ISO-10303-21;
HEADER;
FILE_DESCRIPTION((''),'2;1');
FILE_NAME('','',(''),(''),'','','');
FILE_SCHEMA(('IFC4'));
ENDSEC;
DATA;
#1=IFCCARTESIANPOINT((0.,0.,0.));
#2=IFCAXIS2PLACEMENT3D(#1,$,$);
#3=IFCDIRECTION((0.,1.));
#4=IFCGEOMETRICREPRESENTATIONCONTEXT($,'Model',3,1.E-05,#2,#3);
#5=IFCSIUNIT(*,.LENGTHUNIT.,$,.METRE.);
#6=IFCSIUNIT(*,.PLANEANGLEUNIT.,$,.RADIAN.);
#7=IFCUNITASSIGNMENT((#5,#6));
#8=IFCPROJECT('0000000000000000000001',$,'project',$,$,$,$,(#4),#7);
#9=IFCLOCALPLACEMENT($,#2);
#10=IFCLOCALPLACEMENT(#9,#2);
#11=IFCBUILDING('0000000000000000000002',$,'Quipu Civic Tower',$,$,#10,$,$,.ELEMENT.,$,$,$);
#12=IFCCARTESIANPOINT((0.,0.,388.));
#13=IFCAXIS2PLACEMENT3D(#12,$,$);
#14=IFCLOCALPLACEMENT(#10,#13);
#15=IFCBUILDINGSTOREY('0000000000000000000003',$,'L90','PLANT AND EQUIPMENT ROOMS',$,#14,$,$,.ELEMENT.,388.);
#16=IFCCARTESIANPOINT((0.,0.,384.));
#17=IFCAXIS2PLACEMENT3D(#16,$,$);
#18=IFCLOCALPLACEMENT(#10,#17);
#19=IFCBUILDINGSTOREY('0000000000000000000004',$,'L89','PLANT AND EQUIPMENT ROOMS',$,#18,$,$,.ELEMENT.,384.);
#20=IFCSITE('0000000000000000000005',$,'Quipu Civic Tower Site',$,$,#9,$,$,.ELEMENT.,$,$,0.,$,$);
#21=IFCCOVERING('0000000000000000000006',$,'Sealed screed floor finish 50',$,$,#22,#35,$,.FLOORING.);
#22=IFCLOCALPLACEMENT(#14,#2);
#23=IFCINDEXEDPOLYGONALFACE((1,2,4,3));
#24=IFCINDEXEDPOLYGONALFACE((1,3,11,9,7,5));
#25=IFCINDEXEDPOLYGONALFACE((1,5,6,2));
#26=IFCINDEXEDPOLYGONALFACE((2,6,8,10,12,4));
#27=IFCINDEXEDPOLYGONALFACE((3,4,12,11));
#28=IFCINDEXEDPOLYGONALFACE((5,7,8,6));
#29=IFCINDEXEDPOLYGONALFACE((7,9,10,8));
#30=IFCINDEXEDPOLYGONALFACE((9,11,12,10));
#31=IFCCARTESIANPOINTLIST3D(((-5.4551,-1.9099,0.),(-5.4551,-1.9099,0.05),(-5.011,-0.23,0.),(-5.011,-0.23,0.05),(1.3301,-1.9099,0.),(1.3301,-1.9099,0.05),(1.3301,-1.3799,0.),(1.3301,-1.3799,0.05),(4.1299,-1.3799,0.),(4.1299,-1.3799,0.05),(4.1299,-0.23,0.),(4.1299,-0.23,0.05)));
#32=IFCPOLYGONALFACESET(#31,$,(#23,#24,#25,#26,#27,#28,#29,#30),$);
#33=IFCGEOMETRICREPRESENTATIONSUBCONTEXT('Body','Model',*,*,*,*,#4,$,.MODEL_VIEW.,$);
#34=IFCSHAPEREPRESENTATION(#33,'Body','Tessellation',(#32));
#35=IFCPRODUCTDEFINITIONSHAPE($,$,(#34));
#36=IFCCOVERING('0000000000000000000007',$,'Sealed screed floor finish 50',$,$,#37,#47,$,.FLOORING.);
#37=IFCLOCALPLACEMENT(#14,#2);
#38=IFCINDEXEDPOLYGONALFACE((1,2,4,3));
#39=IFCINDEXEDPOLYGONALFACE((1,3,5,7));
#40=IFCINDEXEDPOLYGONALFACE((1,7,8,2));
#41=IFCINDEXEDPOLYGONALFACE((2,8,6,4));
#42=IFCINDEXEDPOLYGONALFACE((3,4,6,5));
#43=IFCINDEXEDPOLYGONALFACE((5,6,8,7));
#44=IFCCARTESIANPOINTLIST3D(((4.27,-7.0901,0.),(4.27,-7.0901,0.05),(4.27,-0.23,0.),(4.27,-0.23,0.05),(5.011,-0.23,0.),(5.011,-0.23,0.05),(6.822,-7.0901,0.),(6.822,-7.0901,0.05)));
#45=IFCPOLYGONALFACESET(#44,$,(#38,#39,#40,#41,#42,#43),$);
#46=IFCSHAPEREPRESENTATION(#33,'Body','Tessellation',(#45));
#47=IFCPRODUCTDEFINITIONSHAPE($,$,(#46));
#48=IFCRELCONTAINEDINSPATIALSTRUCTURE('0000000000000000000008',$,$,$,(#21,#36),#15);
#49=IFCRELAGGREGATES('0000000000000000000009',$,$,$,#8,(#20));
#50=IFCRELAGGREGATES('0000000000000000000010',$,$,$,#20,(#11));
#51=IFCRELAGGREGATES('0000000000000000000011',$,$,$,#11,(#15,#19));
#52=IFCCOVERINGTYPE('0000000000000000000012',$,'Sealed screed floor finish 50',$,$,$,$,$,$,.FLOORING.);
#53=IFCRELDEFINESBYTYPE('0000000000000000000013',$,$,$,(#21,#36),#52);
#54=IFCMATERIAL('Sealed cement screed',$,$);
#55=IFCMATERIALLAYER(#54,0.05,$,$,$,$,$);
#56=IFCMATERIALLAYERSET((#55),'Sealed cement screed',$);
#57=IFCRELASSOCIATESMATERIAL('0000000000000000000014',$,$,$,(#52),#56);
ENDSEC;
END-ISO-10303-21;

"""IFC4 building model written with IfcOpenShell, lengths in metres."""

from ifc_helpers import new_model, si_unit, direction, frame, origin, place, context, subcontext, project, spatial, polyline, outline, extrude, material, layer, layer_set, type_object, element, save


model = new_model("IFC4")

# Units and contexts
model_context = context("Model", 3, precision=1e-05, world=origin(), true_north=direction((0.0, 1.0)))
body_context = subcontext(model_context, "Body", "Model", "MODEL_VIEW")
ifc_project = project(units=[si_unit("LENGTHUNIT", "METRE"), si_unit("PLANEANGLEUNIT", "RADIAN")], contexts=[model_context])

# Site, building, storey
site_placement = place(None, origin())
site = spatial("IfcSite", under=ifc_project, at=site_placement, Name="Quipu Civic Tower Site", CompositionType="ELEMENT", RefElevation=0.0)
building_placement = place(site_placement, origin())
building = spatial("IfcBuilding", under=site, at=building_placement, Name="Quipu Civic Tower", CompositionType="ELEMENT")
storey_1_placement = place(building_placement, frame((0.0, 0.0, 388.0)))
storey_1 = spatial("IfcBuildingStorey", under=building, at=storey_1_placement, Name="L90", Description="PLANT AND EQUIPMENT ROOMS", CompositionType="ELEMENT", Elevation=388.0)

# Shared definitions
storey_2_placement = place(building_placement, frame((0.0, 0.0, 384.0)))
storey_2 = spatial("IfcBuildingStorey", under=building, at=storey_2_placement, Name="L89", Description="PLANT AND EQUIPMENT ROOMS", CompositionType="ELEMENT", Elevation=384.0)

# Coverings
ifc_material_1 = material(Name="Sealed cement screed")
ifc_layer_1 = layer(ifc_material_1, 0.05)
ifc_layer_set_1 = layer_set([ifc_layer_1], Name="Sealed cement screed")
covering_type = type_object("IfcCoveringType", Name="Sealed screed floor finish 50", PredefinedType="FLOORING", material=ifc_layer_set_1)
covering_1_placement = place(storey_1_placement, origin())
element("IfcCovering", 1, at=covering_1_placement, inside=storey_1, type_object=covering_type, Name="Sealed screed floor finish 50", PredefinedType="FLOORING", context=body_context, shape_type="SweptSolid", body=[
    extrude(outline(polyline([(4.1299, -1.3799), (1.3301, -1.3799), (1.3301, -1.9099), (-5.4551, -1.9099), (-5.011, -0.23), (4.1299, -0.23), (4.1299, -1.3799)])), origin(), (0.0, 0.0, 1.0), 0.05),
])
covering_2_placement = place(storey_1_placement, origin())
element("IfcCovering", 2, at=covering_2_placement, inside=storey_1, type_object=covering_type, Name="Sealed screed floor finish 50", PredefinedType="FLOORING", context=body_context, shape_type="SweptSolid", body=[
    extrude(outline(polyline([(4.27, -0.23), (5.011, -0.23), (6.822, -7.0901), (4.27, -7.0901), (4.27, -0.23)])), origin(), (0.0, 0.0, 1.0), 0.05),
])

save(model, "model.ifc")
